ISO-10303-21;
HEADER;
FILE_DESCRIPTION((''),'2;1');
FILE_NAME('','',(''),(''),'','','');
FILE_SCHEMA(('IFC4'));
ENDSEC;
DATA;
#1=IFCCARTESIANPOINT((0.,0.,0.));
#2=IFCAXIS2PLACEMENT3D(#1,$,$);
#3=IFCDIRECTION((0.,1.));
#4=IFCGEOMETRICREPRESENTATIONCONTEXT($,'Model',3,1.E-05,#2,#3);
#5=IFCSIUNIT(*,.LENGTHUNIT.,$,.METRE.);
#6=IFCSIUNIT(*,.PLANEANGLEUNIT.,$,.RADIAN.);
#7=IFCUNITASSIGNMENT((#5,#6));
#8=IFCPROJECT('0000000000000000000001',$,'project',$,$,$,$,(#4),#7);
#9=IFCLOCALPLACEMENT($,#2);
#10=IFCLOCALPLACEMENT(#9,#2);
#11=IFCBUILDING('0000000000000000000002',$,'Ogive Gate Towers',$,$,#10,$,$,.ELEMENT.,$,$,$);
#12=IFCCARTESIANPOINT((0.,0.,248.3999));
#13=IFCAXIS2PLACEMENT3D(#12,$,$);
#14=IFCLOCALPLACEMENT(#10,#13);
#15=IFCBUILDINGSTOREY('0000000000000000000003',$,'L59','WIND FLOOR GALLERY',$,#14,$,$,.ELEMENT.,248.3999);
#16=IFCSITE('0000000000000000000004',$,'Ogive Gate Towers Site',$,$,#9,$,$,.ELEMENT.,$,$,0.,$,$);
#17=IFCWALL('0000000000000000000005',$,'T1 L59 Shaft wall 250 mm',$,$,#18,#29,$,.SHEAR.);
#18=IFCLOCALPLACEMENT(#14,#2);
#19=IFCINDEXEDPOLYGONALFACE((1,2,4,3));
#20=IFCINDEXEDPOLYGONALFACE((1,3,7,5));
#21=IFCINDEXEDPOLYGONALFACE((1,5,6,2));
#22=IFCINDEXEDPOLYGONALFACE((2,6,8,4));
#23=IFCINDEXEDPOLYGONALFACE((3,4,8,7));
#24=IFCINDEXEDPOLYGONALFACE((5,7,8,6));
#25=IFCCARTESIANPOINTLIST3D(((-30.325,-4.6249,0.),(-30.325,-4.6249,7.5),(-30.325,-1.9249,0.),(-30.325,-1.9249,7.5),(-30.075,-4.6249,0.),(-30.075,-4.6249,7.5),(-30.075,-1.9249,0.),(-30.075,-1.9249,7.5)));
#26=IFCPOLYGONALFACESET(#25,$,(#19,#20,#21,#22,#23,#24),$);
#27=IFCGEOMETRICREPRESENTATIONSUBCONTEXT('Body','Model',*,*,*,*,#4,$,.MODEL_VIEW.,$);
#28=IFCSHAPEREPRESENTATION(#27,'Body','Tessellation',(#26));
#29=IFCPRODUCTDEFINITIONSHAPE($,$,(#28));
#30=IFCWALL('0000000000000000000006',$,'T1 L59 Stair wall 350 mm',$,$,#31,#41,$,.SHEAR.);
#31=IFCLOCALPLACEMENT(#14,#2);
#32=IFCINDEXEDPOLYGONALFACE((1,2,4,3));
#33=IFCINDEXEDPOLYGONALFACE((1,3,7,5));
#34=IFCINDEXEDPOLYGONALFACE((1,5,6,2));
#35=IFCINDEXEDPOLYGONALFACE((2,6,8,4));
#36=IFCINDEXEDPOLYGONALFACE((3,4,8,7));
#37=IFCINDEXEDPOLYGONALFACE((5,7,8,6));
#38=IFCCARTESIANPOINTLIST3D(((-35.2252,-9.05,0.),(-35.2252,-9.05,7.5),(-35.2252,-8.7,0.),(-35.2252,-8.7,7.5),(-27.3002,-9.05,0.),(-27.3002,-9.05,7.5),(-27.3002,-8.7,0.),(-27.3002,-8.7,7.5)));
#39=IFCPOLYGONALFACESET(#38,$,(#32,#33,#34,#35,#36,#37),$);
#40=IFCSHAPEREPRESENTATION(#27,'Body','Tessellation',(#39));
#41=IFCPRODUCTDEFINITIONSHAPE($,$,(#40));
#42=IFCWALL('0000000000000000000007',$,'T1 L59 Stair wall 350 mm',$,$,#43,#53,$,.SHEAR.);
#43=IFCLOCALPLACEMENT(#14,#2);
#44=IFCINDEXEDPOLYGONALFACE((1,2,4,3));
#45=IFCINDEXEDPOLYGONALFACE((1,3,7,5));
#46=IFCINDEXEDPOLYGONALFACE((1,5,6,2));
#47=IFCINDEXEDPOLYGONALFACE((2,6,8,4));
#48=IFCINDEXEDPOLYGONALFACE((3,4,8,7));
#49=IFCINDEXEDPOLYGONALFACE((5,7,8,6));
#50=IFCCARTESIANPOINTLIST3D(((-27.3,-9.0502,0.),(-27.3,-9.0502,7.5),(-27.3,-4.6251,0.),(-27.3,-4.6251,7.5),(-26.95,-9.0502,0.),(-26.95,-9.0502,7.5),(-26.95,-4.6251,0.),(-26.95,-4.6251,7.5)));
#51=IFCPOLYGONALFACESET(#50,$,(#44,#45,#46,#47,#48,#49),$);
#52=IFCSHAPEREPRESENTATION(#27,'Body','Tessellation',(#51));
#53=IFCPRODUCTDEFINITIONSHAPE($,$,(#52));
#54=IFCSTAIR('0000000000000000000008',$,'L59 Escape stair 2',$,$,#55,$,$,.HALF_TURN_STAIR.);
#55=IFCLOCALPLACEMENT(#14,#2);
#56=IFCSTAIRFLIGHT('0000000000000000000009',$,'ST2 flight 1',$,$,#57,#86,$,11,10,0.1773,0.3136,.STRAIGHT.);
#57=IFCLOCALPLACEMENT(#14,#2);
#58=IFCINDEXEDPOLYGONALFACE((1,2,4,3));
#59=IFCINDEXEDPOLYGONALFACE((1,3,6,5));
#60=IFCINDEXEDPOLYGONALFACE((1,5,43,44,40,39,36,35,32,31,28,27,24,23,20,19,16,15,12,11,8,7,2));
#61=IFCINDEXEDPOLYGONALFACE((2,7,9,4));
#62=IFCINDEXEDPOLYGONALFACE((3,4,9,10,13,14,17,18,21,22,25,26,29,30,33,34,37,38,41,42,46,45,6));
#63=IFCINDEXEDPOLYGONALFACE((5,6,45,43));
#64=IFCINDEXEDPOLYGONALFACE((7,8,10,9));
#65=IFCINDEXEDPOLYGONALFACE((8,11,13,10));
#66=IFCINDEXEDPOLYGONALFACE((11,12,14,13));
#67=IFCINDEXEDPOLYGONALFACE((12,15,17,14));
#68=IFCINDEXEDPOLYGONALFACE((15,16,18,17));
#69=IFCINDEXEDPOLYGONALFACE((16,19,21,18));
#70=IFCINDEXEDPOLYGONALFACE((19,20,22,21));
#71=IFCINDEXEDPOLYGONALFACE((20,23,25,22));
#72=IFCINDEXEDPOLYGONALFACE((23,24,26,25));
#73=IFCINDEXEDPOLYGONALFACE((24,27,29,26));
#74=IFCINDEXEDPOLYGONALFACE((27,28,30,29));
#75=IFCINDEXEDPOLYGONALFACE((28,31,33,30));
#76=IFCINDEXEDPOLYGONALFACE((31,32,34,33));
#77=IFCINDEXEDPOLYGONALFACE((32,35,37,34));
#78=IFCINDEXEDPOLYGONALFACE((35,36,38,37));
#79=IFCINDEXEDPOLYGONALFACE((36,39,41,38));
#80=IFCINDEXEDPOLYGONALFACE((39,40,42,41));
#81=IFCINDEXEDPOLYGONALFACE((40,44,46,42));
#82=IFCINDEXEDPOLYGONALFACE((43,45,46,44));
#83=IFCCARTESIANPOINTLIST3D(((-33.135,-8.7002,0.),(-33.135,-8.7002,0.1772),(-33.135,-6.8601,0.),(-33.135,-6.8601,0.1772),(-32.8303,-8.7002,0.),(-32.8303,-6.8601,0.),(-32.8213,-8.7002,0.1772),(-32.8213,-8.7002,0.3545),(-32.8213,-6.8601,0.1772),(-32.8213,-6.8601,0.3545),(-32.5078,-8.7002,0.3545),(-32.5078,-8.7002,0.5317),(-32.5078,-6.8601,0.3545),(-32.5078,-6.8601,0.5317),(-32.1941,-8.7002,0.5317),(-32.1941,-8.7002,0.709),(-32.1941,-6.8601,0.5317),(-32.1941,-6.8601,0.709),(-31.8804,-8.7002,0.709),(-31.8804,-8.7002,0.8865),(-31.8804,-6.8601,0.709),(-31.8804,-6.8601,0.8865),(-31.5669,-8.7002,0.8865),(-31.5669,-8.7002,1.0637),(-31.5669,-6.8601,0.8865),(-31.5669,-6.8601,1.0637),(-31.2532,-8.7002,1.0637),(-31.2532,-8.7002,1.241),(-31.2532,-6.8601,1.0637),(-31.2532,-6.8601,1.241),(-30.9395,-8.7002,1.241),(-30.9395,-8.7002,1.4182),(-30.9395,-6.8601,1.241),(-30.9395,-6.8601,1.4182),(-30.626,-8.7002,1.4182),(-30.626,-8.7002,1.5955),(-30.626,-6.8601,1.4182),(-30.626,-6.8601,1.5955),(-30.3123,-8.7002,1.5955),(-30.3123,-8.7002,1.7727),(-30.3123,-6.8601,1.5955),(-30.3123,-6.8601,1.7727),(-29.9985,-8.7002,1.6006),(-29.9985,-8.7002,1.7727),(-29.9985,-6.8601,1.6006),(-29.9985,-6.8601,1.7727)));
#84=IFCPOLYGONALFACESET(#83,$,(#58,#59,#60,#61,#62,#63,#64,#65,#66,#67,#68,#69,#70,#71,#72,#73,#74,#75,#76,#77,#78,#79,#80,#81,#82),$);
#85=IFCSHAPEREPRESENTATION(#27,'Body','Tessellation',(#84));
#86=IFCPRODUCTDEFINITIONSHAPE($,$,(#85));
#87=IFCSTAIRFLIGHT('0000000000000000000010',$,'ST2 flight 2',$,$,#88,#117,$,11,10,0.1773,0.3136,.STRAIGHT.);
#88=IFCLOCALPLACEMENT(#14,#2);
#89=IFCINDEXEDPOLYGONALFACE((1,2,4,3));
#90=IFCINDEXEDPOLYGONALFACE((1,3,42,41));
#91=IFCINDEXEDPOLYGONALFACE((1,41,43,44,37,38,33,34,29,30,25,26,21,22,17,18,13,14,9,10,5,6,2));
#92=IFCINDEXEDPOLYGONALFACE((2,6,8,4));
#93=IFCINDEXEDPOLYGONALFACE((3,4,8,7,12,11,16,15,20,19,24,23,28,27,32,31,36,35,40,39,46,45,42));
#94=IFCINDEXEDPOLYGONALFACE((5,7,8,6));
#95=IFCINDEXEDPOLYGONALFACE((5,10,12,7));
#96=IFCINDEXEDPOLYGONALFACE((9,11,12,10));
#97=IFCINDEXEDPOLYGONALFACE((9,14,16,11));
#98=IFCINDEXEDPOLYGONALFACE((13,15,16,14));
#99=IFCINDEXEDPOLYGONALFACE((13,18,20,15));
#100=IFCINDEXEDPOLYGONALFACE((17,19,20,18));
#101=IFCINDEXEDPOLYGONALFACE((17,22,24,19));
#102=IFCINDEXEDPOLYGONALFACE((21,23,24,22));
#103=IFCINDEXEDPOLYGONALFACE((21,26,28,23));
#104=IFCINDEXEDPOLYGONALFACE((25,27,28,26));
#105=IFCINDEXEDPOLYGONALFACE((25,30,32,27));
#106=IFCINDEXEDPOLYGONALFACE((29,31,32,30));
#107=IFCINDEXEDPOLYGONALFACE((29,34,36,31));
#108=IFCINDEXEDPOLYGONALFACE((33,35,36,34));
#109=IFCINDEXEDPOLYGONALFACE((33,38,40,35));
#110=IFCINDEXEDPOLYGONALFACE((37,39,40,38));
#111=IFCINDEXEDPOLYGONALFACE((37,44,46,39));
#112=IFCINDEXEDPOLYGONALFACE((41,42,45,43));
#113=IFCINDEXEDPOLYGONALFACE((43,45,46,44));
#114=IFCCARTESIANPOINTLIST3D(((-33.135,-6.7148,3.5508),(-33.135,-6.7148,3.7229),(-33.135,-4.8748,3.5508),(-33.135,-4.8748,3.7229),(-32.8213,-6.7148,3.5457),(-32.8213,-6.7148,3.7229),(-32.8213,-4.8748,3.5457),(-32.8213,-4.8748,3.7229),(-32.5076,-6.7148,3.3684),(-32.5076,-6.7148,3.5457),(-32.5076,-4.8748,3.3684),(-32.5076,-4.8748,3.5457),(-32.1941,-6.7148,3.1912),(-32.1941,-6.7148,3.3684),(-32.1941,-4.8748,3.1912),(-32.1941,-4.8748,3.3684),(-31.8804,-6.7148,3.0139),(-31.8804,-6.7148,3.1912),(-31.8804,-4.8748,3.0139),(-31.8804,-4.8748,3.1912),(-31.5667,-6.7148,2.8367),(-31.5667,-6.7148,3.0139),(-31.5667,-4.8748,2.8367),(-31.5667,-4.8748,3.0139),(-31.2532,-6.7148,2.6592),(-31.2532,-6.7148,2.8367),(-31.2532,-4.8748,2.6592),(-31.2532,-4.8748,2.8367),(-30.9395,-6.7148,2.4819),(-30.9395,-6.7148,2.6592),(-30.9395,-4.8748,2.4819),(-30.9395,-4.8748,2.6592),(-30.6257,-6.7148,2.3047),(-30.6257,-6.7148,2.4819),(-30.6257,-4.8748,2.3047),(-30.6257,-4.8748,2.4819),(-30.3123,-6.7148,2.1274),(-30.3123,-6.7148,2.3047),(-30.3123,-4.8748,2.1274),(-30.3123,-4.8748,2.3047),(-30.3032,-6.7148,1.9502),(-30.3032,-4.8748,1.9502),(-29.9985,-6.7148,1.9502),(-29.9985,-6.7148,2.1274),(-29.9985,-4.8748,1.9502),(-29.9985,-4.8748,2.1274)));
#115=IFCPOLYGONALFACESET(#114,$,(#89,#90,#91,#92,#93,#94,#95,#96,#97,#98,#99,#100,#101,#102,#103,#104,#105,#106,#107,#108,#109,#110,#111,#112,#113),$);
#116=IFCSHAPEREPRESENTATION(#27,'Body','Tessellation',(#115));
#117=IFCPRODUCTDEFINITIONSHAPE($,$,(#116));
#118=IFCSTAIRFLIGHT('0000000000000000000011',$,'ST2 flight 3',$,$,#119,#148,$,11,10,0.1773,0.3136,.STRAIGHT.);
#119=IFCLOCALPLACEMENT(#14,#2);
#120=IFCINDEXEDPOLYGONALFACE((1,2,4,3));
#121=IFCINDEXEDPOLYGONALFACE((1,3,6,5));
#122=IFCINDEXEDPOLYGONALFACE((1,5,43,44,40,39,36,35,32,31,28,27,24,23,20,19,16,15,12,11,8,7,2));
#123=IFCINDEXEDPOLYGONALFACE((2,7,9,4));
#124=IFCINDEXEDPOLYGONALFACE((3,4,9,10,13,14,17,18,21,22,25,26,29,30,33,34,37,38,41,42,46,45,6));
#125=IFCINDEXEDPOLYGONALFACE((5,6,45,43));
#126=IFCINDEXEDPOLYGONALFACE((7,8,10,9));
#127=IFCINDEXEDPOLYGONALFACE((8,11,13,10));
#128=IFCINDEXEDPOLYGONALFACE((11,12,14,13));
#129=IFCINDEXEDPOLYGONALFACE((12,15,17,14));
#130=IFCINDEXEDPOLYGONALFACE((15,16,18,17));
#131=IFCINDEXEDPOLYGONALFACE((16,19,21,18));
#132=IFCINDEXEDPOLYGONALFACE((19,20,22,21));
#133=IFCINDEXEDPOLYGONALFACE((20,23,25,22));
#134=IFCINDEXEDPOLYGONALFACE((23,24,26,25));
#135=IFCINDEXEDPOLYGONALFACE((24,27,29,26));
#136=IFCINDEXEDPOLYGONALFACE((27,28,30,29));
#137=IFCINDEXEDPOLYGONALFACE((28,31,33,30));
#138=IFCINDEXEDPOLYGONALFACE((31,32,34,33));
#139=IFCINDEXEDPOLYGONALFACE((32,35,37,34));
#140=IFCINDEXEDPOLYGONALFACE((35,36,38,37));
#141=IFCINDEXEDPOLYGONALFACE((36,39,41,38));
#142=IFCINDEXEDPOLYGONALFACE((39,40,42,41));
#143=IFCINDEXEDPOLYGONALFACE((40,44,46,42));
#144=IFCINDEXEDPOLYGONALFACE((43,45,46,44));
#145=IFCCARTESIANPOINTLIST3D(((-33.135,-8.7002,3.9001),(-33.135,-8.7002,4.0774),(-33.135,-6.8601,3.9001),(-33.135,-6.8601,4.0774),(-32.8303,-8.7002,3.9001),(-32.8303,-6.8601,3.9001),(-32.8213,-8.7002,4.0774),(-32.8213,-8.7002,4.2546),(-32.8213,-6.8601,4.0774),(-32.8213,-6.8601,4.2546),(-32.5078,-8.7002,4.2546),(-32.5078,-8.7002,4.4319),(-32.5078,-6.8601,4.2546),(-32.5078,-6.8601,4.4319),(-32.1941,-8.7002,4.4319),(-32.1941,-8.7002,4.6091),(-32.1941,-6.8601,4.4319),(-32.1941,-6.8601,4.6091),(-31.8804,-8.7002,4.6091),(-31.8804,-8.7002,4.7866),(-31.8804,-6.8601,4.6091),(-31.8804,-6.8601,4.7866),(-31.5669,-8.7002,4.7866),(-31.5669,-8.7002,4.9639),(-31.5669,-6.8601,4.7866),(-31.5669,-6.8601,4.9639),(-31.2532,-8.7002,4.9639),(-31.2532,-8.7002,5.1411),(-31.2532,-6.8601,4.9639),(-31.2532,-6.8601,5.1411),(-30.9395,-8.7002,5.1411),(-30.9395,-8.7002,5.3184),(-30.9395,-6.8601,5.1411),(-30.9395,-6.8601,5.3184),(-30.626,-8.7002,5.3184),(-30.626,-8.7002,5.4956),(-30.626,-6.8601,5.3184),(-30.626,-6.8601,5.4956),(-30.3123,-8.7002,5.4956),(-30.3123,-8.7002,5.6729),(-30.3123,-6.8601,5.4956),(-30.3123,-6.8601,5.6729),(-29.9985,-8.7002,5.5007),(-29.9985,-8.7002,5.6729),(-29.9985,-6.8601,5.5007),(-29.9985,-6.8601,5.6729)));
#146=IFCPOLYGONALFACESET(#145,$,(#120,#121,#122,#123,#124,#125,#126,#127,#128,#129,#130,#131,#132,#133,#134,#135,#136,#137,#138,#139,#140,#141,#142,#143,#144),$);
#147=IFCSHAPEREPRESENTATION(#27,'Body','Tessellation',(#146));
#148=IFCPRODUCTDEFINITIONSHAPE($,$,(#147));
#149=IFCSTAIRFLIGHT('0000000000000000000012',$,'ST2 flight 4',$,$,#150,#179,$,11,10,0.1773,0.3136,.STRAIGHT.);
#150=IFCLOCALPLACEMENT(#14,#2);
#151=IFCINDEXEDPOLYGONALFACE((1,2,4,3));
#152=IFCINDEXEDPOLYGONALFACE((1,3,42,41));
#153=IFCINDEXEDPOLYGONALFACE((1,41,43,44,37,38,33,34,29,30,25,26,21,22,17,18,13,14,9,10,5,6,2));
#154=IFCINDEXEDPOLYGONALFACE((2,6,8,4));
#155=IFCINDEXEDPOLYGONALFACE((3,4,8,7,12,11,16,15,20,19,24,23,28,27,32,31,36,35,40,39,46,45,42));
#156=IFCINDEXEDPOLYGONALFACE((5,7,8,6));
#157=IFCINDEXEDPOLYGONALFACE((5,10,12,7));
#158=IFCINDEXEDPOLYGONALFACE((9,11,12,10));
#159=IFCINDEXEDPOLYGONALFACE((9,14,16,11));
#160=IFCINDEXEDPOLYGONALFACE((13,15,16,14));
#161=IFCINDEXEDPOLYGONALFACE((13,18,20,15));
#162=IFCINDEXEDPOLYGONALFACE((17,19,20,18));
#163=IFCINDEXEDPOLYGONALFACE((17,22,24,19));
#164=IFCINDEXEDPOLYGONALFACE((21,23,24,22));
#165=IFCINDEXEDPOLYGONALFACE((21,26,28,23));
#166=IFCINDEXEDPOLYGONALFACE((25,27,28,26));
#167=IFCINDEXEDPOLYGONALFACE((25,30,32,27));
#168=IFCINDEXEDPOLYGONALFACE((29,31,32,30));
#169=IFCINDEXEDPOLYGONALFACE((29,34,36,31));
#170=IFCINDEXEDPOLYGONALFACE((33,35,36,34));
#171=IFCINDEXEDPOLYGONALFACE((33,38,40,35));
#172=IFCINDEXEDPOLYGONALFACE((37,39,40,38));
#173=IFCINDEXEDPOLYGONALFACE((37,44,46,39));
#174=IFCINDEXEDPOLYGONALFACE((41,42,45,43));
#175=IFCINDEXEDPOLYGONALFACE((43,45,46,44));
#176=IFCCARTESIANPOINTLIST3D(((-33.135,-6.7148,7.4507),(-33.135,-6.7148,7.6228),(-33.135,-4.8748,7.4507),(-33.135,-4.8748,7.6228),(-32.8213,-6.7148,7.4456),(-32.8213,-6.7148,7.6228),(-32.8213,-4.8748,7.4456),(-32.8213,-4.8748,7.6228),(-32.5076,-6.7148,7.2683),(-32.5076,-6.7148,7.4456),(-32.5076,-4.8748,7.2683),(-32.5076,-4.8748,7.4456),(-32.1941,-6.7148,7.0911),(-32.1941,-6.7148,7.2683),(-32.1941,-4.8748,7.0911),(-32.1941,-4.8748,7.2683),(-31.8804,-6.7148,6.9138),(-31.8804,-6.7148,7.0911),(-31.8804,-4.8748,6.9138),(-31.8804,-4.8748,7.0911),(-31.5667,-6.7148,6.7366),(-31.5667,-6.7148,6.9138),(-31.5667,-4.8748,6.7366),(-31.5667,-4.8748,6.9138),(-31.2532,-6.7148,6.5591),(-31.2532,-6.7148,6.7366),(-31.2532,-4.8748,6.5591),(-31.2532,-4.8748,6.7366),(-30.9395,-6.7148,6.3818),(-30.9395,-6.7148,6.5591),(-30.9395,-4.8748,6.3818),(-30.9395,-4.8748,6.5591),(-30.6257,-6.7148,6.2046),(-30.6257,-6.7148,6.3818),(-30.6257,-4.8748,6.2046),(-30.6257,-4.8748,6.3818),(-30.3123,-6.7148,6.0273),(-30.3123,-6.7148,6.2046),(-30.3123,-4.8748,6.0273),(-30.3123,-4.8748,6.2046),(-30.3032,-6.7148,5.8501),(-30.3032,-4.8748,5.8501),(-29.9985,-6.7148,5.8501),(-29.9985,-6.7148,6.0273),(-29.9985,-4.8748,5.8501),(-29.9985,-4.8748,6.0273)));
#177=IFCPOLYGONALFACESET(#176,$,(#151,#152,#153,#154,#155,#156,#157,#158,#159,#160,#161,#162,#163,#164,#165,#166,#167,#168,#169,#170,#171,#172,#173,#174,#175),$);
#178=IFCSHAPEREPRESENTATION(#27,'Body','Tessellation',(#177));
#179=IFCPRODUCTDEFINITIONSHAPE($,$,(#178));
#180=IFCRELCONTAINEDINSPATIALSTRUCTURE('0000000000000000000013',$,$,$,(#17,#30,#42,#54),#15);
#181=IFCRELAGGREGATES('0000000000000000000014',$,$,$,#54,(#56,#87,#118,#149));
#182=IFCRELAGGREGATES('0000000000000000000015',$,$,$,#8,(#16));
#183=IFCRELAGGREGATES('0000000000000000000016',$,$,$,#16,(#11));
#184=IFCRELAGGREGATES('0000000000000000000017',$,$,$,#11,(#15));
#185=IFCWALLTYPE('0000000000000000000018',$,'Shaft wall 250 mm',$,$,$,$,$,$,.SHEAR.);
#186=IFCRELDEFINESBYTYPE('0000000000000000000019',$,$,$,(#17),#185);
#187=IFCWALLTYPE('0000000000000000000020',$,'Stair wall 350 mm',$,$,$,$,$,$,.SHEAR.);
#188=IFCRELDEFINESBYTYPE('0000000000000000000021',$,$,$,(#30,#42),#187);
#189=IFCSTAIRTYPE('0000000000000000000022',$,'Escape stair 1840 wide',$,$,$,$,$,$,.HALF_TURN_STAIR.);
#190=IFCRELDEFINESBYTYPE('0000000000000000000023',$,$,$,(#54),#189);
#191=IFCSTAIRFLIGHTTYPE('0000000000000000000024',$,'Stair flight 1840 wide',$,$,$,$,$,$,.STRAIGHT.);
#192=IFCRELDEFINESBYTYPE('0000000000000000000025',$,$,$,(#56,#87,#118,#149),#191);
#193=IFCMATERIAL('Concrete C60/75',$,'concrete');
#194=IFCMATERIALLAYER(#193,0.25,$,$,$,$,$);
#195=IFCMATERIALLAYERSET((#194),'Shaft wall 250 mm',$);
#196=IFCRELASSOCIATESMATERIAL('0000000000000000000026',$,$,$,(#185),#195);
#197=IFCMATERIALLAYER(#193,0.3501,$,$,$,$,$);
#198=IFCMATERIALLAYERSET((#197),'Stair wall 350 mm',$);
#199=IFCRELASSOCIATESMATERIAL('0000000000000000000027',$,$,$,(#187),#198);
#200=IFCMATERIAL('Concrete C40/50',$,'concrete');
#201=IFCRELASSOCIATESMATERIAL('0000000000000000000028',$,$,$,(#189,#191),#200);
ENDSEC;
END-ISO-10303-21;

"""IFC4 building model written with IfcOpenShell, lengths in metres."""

from ifc_helpers import new_model, si_unit, direction, frame, frame_2d, origin, place, context, subcontext, project, spatial, polyline, rectangle, outline, extrude, material, layer, layer_set, type_object, element, aggregate, save


model = new_model("IFC4")

# Units and contexts
model_context = context("Model", 3, precision=1e-05, world=origin(), true_north=direction((0.0, 1.0)))
body_context = subcontext(model_context, "Body", "Model", "MODEL_VIEW")
ifc_project = project(units=[si_unit("LENGTHUNIT", "METRE"), si_unit("PLANEANGLEUNIT", "RADIAN")], contexts=[model_context])

# Site, building, storey
site_placement = place(None, origin())
site = spatial("IfcSite", under=ifc_project, at=site_placement, Name="Ogive Gate Towers Site", CompositionType="ELEMENT", RefElevation=0.0)
building_placement = place(site_placement, origin())
building = spatial("IfcBuilding", under=site, at=building_placement, Name="Ogive Gate Towers", CompositionType="ELEMENT")
storey_placement = place(building_placement, frame((0.0, 0.0, 248.3999)))
storey = spatial("IfcBuildingStorey", under=building, at=storey_placement, Name="L59", Description="WIND FLOOR GALLERY", CompositionType="ELEMENT", Elevation=248.3999)

# Shared definitions
ifc_material_1 = material(Name="Concrete C40/50", Category="concrete")

# Shared definitions
ifc_material_2 = material(Name="Concrete C60/75", Category="concrete")

# Shared definitions
ifc_layer_1 = layer(ifc_material_2, 0.25)
ifc_layer_set_1 = layer_set([ifc_layer_1], Name="Shaft wall 250 mm")
wall_type_1 = type_object("IfcWallType", Name="Shaft wall 250 mm", PredefinedType="SHEAR", material=ifc_layer_set_1)

# Walls
for number, where, z_axis, x_axis, name in (
    (1, (-30.2, -4.625, 0.0), (0.0, 0.0, 1.0), (0.0, 1.0, 0.0), "T1 L59 Shaft wall 250 mm"),
):
    element("IfcWall", number, at=place(storey_placement, frame(where, z_axis=z_axis, x_axis=x_axis)), inside=storey, type_object=wall_type_1, Name=name, PredefinedType="SHEAR", context=body_context, shape_type="SweptSolid", body=[
        extrude(rectangle(XDim=2.7, YDim=0.25, at=frame_2d((1.3501, 0.0))), origin(), (0.0, 0.0, 1.0), 7.5),
    ])
ifc_layer_2 = layer(ifc_material_2, 0.3501)
ifc_layer_set_2 = layer_set([ifc_layer_2], Name="Stair wall 350 mm")
wall_type_2 = type_object("IfcWallType", Name="Stair wall 350 mm", PredefinedType="SHEAR", material=ifc_layer_set_2)
wall_1_placement = place(storey_placement, frame((-35.2251, -8.875, 0.0), z_axis=(0.0, 0.0, 1.0), x_axis=(1.0, 0.0, 0.0)))
element("IfcWall", 2, at=wall_1_placement, inside=storey, type_object=wall_type_2, Name="T1 L59 Stair wall 350 mm", PredefinedType="SHEAR", context=body_context, shape_type="SweptSolid", body=[
    extrude(rectangle(XDim=7.925, YDim=0.3501, at=frame_2d((3.9624, 0.0))), origin(), (0.0, 0.0, 1.0), 7.5),
])
wall_2_placement = place(storey_placement, frame((-27.125, -9.05, 0.0), z_axis=(0.0, 0.0, 1.0), x_axis=(0.0, 1.0, 0.0)))
element("IfcWall", 3, at=wall_2_placement, inside=storey, type_object=wall_type_2, Name="T1 L59 Stair wall 350 mm", PredefinedType="SHEAR", context=body_context, shape_type="SweptSolid", body=[
    extrude(rectangle(XDim=4.425, YDim=0.3501, at=frame_2d((2.2124, 0.0))), origin(), (0.0, 0.0, 1.0), 7.5),
])

# Stair, stair flights
stair_type = type_object("IfcStairType", Name="Escape stair 1840 wide", PredefinedType="HALF_TURN_STAIR", material=ifc_material_1)
stair_placement = place(storey_placement, origin())
stair = element("IfcStair", 4, at=stair_placement, inside=storey, type_object=stair_type, Name="L59 Escape stair 2", PredefinedType="HALF_TURN_STAIR")
stair_flight_type = type_object("IfcStairFlightType", Name="Stair flight 1840 wide", PredefinedType="STRAIGHT", material=ifc_material_1)
stair_flight_1_placement = place(storey_placement, frame((-33.135, -7.78, 0.0), z_axis=(0.0, 0.0, 1.0), x_axis=(1.0, 0.0, 0.0)))
stair_flight_1 = element("IfcStairFlight", 5, at=stair_flight_1_placement, type_object=stair_flight_type, Name="ST2 flight 1", NumberOfRisers=11, NumberOfTreads=10, PredefinedType="STRAIGHT", RiserHeight=0.1773, TreadLength=0.3136, context=body_context, shape_type="SweptSolid", body=[
    extrude(outline(polyline([(0.0, 0.0), (0.0, 0.1772), (0.3137, 0.1772), (0.3137, 0.3545), (0.6272, 0.3545), (0.6272, 0.5317), (0.9409, 0.5317), (0.9409, 0.709), (1.2546, 0.709), (1.2546, 0.8865), (1.5681, 0.8865), (1.5681, 1.0637), (1.8818, 1.0637), (1.8818, 1.241), (2.1956, 1.241), (2.1956, 1.4182), (2.509, 1.4182), (2.509, 1.5955), (2.8228, 1.5955), (2.8228, 1.7727), (3.1365, 1.7727), (3.1365, 1.95), (3.1365, 1.6006), (0.3047, 0.0), (0.0, 0.0)])), frame((0.0, 0.9199, 0.0), z_axis=(0.0, -1.0, 0.0), x_axis=(1.0, 0.0, 0.0)), (0.0, 0.0, 1.0), 1.8401),
])
stair_flight_2_placement = place(storey_placement, frame((-29.9985, -5.7949, 1.9502), z_axis=(0.0, 0.0, 1.0), x_axis=(-1.0, 0.0, 0.0)))
stair_flight_2 = element("IfcStairFlight", 6, at=stair_flight_2_placement, type_object=stair_flight_type, Name="ST2 flight 2", NumberOfRisers=11, NumberOfTreads=10, PredefinedType="STRAIGHT", RiserHeight=0.1773, TreadLength=0.3136, context=body_context, shape_type="SweptSolid", body=[
    extrude(outline(polyline([(0.0, 0.0), (0.0, 0.1772), (0.3137, 0.1772), (0.3137, 0.3545), (0.6272, 0.3545), (0.6272, 0.5317), (0.9409, 0.5317), (0.9409, 0.709), (1.2546, 0.709), (1.2546, 0.8865), (1.5681, 0.8865), (1.5681, 1.0637), (1.8818, 1.0637), (1.8818, 1.241), (2.1956, 1.241), (2.1956, 1.4182), (2.509, 1.4182), (2.509, 1.5955), (2.8228, 1.5955), (2.8228, 1.7727), (3.1365, 1.7727), (3.1365, 1.95), (3.1365, 1.6006), (0.3047, 0.0), (0.0, 0.0)])), frame((0.0, 0.9199, 0.0), z_axis=(0.0, -1.0, 0.0), x_axis=(1.0, 0.0, 0.0)), (0.0, 0.0, 1.0), 1.8401),
])
stair_flight_3_placement = place(storey_placement, frame((-33.135, -7.78, 3.9001), z_axis=(0.0, 0.0, 1.0), x_axis=(1.0, 0.0, 0.0)))
stair_flight_3 = element("IfcStairFlight", 7, at=stair_flight_3_placement, type_object=stair_flight_type, Name="ST2 flight 3", NumberOfRisers=11, NumberOfTreads=10, PredefinedType="STRAIGHT", RiserHeight=0.1773, TreadLength=0.3136, context=body_context, shape_type="SweptSolid", body=[
    extrude(outline(polyline([(0.0, 0.0), (0.0, 0.1772), (0.3137, 0.1772), (0.3137, 0.3545), (0.6272, 0.3545), (0.6272, 0.5317), (0.9409, 0.5317), (0.9409, 0.709), (1.2546, 0.709), (1.2546, 0.8865), (1.5681, 0.8865), (1.5681, 1.0637), (1.8818, 1.0637), (1.8818, 1.241), (2.1956, 1.241), (2.1956, 1.4182), (2.509, 1.4182), (2.509, 1.5955), (2.8228, 1.5955), (2.8228, 1.7727), (3.1365, 1.7727), (3.1365, 1.95), (3.1365, 1.6006), (0.3047, 0.0), (0.0, 0.0)])), frame((0.0, 0.9199, 0.0), z_axis=(0.0, -1.0, 0.0), x_axis=(1.0, 0.0, 0.0)), (0.0, 0.0, 1.0), 1.8401),
])
stair_flight_4_placement = place(storey_placement, frame((-29.9985, -5.7949, 5.8501), z_axis=(0.0, 0.0, 1.0), x_axis=(-1.0, 0.0, 0.0)))
stair_flight_4 = element("IfcStairFlight", 8, at=stair_flight_4_placement, type_object=stair_flight_type, Name="ST2 flight 4", NumberOfRisers=11, NumberOfTreads=10, PredefinedType="STRAIGHT", RiserHeight=0.1773, TreadLength=0.3136, context=body_context, shape_type="SweptSolid", body=[
    extrude(outline(polyline([(0.0, 0.0), (0.0, 0.1772), (0.3137, 0.1772), (0.3137, 0.3545), (0.6272, 0.3545), (0.6272, 0.5317), (0.9409, 0.5317), (0.9409, 0.709), (1.2546, 0.709), (1.2546, 0.8865), (1.5681, 0.8865), (1.5681, 1.0637), (1.8818, 1.0637), (1.8818, 1.241), (2.1956, 1.241), (2.1956, 1.4182), (2.509, 1.4182), (2.509, 1.5955), (2.8228, 1.5955), (2.8228, 1.7727), (3.1365, 1.7727), (3.1365, 1.95), (3.1365, 1.6006), (0.3047, 0.0), (0.0, 0.0)])), frame((0.0, 0.9199, 0.0), z_axis=(0.0, -1.0, 0.0), x_axis=(1.0, 0.0, 0.0)), (0.0, 0.0, 1.0), 1.8401),
])
aggregate(stair, [stair_flight_1, stair_flight_2, stair_flight_3, stair_flight_4])

save(model, "model.ifc")
